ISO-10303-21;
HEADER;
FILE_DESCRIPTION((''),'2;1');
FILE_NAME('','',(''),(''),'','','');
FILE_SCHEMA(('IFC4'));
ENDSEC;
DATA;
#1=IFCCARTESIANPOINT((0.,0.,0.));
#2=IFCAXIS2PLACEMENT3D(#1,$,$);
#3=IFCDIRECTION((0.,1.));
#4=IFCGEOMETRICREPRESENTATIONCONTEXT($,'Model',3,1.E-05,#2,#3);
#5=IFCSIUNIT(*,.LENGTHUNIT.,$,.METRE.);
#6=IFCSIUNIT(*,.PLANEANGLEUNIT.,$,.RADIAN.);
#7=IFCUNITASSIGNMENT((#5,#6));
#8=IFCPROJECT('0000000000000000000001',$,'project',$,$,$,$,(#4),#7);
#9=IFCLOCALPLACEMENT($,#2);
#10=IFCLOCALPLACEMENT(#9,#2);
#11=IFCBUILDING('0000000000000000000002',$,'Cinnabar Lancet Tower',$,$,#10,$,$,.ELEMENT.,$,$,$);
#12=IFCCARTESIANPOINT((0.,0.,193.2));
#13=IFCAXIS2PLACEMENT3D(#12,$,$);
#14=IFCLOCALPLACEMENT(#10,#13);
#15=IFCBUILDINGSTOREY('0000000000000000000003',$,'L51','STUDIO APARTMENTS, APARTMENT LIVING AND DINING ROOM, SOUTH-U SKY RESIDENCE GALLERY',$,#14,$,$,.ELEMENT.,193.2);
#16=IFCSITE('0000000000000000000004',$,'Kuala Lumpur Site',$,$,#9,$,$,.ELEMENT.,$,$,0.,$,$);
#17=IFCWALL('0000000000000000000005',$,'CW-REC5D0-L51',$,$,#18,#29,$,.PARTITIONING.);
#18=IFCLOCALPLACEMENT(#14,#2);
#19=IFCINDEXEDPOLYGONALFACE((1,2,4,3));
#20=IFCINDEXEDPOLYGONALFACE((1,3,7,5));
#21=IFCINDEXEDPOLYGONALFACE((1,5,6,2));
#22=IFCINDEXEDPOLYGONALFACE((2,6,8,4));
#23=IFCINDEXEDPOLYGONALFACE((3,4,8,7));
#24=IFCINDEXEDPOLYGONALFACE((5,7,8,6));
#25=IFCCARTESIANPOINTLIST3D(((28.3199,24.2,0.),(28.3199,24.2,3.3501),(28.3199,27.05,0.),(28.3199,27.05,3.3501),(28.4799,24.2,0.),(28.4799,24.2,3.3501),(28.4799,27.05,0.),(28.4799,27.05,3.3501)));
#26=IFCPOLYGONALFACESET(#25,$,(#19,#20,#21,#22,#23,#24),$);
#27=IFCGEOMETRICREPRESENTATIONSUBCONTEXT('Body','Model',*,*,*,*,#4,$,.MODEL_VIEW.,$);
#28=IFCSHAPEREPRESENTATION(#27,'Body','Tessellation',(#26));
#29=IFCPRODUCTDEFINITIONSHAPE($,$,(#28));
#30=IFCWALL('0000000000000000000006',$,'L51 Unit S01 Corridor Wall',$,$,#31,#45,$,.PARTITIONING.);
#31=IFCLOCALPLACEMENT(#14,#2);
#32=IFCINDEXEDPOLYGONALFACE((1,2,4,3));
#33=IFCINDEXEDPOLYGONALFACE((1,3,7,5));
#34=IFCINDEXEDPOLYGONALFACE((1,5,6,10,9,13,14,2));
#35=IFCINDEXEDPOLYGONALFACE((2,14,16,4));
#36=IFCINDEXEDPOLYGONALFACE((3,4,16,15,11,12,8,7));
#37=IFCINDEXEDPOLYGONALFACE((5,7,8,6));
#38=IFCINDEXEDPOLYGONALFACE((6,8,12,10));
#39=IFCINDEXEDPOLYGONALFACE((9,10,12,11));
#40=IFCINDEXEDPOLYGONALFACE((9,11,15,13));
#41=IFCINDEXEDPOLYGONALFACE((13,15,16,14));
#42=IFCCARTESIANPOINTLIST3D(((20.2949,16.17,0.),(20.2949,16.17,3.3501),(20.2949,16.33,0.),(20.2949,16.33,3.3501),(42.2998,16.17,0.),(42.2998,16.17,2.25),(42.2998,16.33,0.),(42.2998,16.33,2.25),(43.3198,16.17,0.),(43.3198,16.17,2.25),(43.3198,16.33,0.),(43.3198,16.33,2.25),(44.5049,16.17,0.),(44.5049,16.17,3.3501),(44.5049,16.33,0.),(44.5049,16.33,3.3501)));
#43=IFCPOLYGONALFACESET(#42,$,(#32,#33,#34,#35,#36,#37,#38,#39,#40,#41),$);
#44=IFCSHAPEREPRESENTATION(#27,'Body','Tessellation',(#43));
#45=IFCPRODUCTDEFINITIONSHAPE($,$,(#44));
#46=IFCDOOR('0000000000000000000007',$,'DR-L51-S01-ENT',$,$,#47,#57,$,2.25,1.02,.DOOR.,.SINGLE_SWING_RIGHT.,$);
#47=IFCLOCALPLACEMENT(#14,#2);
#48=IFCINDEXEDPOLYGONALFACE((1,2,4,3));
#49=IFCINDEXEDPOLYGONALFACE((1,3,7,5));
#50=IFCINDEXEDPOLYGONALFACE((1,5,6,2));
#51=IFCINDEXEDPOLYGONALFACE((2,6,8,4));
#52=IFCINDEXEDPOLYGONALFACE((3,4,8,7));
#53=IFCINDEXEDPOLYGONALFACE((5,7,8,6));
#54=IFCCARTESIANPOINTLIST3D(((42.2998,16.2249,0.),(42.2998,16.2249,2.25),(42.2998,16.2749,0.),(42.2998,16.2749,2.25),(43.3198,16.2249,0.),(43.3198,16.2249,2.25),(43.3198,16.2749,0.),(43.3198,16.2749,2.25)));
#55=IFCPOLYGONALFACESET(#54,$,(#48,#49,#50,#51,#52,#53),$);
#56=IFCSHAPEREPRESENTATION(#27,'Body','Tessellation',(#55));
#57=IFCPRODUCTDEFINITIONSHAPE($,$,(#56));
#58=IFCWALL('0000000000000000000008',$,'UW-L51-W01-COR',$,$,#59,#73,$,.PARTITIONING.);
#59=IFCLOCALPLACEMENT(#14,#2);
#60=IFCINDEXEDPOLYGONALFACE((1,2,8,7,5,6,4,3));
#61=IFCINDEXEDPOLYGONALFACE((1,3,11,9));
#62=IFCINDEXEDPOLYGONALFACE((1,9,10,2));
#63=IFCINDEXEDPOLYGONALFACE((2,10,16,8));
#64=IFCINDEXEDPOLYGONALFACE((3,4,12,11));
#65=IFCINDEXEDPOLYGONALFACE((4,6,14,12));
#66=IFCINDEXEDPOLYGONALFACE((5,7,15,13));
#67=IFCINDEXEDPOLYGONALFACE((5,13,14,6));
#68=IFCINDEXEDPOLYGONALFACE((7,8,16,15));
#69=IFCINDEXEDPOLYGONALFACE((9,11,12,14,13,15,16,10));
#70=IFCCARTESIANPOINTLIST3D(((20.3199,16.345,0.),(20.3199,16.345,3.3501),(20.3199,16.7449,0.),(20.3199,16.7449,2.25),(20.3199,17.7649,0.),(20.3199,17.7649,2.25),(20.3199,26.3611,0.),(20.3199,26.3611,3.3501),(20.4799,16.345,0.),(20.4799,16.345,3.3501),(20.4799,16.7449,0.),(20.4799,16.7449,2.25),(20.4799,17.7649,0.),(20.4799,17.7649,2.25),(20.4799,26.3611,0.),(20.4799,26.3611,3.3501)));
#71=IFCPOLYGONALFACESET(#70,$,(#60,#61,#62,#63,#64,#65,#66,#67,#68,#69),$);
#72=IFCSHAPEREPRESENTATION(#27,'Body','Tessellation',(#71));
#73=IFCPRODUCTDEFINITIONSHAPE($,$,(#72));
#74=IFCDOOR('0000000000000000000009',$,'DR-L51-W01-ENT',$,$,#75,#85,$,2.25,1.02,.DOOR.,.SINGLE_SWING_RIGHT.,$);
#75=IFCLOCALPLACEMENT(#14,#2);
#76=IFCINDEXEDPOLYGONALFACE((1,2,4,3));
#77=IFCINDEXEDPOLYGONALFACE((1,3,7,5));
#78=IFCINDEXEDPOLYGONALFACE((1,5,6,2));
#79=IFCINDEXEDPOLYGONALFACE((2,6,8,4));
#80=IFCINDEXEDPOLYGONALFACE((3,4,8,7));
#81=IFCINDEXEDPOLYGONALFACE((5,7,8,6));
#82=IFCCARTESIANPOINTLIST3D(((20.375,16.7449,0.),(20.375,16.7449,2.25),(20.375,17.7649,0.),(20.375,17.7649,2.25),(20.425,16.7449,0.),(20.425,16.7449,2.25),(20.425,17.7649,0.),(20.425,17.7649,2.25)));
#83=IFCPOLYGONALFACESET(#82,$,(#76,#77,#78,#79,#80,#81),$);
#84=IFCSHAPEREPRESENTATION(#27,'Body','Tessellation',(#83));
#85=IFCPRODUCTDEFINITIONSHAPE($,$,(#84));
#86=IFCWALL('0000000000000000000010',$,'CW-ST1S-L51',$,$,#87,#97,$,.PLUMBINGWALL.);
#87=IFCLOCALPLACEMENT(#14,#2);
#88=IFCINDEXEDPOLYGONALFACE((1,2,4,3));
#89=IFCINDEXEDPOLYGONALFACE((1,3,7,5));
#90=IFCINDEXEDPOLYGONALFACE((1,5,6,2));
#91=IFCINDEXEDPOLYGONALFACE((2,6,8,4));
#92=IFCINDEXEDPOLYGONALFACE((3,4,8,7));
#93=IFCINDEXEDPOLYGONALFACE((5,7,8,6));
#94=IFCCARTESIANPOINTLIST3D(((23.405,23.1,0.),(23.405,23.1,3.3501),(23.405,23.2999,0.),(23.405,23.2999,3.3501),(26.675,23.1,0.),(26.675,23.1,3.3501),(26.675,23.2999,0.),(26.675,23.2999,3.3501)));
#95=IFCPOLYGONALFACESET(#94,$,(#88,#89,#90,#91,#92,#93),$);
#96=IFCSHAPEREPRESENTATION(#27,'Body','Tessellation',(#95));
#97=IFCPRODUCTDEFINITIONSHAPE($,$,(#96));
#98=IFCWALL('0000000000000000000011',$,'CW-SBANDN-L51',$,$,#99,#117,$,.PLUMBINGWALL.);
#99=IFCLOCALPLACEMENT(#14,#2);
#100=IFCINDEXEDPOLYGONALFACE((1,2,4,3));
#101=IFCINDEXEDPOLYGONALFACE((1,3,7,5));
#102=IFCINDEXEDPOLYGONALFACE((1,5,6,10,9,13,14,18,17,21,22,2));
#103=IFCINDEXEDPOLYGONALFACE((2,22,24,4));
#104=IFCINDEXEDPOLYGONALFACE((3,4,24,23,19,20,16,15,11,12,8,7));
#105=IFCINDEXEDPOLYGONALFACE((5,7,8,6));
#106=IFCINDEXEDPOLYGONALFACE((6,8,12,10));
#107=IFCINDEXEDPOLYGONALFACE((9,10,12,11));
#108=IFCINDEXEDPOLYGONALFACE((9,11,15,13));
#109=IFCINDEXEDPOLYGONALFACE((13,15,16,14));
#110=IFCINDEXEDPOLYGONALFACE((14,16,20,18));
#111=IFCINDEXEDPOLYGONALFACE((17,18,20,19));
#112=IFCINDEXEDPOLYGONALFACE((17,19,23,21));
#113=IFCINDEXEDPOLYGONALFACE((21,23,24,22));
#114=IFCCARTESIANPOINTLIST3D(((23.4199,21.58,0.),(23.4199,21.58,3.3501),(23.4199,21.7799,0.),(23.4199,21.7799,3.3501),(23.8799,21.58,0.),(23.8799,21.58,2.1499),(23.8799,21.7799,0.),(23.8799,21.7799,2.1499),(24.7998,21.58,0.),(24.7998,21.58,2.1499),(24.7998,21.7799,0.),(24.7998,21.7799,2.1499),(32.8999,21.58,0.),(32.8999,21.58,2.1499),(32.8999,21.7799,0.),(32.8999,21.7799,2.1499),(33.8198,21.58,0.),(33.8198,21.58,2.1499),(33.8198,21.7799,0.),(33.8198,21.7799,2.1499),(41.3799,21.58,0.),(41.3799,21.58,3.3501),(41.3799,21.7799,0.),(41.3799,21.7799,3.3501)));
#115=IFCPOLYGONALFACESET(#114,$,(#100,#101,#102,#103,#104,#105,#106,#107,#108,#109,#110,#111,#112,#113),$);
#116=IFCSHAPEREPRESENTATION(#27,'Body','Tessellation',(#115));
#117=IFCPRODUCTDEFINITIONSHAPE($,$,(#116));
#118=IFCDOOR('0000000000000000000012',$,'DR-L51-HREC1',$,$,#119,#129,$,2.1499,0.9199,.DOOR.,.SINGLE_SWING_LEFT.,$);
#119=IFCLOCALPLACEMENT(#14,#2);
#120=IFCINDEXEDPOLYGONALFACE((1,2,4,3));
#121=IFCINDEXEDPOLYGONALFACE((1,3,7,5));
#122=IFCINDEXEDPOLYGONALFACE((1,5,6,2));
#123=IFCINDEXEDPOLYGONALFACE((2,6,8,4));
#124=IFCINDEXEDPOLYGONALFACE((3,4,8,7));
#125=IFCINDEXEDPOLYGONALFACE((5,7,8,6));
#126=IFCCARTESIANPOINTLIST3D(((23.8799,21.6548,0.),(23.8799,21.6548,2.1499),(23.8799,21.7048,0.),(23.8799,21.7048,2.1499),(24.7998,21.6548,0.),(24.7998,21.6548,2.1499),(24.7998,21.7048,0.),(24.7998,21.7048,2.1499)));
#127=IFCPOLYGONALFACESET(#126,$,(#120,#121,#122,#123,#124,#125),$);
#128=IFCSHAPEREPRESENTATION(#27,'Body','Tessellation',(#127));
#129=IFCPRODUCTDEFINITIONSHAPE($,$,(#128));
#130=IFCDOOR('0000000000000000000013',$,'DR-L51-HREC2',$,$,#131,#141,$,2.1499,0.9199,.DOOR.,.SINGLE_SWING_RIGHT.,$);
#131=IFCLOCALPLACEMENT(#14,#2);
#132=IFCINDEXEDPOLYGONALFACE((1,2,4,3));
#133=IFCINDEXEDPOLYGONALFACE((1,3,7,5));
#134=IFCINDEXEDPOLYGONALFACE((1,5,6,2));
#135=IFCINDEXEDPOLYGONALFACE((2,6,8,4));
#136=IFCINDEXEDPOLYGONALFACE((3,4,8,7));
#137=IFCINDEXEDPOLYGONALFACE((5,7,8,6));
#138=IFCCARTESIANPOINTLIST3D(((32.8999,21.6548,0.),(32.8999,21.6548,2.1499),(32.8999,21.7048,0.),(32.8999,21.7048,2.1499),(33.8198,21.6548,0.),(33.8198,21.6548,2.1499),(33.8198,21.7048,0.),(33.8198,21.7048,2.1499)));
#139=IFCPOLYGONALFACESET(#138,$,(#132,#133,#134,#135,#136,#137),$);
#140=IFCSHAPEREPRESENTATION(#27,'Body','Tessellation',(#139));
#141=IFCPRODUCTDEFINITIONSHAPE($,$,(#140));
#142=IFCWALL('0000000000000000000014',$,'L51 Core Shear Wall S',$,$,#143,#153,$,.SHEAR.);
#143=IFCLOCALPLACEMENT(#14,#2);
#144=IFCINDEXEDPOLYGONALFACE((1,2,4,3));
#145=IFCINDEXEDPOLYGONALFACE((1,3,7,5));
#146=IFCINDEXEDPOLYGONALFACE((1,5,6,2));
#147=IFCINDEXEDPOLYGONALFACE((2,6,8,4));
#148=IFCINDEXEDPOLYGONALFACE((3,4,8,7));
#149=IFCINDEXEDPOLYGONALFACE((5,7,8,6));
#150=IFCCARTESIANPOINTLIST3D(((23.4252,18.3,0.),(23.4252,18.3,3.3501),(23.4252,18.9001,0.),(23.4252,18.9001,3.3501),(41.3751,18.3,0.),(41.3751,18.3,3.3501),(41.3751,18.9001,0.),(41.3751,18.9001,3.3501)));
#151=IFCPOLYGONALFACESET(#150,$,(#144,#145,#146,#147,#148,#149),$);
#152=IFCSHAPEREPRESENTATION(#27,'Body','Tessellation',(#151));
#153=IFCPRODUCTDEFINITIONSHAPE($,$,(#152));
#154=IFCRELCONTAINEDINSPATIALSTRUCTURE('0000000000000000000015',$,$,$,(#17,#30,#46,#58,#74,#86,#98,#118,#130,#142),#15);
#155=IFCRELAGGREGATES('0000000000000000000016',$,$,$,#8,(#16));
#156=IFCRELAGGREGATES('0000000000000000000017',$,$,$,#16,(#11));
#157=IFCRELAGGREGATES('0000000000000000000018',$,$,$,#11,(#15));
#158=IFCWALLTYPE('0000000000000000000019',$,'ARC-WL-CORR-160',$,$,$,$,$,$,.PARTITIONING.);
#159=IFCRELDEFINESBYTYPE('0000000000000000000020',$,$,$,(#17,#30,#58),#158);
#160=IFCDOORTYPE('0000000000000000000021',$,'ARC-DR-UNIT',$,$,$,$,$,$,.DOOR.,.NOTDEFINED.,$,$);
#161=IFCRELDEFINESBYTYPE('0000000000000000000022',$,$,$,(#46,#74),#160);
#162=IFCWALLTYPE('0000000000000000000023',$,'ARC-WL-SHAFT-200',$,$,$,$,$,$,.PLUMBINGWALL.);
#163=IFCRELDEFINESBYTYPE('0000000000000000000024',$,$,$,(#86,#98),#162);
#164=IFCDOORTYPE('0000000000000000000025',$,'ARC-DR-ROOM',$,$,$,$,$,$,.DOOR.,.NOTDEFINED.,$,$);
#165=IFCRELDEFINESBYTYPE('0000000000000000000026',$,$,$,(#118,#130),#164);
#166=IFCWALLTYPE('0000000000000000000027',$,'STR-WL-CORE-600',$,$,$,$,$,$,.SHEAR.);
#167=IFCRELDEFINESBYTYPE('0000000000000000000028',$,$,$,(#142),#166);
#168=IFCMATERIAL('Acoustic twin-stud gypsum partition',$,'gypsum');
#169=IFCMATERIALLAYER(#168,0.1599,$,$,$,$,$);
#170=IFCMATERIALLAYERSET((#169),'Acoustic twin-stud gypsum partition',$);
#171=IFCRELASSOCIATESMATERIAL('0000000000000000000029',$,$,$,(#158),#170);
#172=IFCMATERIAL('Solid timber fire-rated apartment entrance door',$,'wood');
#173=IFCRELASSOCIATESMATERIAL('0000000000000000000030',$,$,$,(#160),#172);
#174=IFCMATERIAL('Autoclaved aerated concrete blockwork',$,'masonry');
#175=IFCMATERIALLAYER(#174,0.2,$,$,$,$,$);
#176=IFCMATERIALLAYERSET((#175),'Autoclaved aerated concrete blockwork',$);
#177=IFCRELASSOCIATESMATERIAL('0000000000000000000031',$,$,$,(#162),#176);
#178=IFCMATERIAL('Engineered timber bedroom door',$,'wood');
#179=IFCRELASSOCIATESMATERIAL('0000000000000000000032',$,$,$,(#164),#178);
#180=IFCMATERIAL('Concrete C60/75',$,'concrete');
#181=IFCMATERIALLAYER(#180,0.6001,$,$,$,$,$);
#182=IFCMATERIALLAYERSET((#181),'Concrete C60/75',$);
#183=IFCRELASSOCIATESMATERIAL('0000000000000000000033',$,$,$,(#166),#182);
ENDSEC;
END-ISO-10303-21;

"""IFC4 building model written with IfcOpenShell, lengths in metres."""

from ifc_helpers import new_model, si_unit, direction, frame, frame_2d, origin, place, context, subcontext, project, spatial, rectangle, extrude, material, layer, layer_set, type_object, element, fill, save


model = new_model("IFC4")

# Units and contexts
model_context = context("Model", 3, precision=1e-05, world=origin(), true_north=direction((0.0, 1.0)))
body_context = subcontext(model_context, "Body", "Model", "MODEL_VIEW")
ifc_project = project(units=[si_unit("LENGTHUNIT", "METRE"), si_unit("PLANEANGLEUNIT", "RADIAN")], contexts=[model_context])

# Site, building, storey
site_placement = place(None, origin())
site = spatial("IfcSite", under=ifc_project, at=site_placement, Name="Kuala Lumpur Site", CompositionType="ELEMENT", RefElevation=0.0)
building_placement = place(site_placement, origin())
building = spatial("IfcBuilding", under=site, at=building_placement, Name="Cinnabar Lancet Tower", CompositionType="ELEMENT")
storey_placement = place(building_placement, frame((0.0, 0.0, 193.2)))
storey = spatial("IfcBuildingStorey", under=building, at=storey_placement, Name="L51", Description="STUDIO APARTMENTS, APARTMENT LIVING AND DINING ROOM, SOUTH-U SKY RESIDENCE GALLERY", CompositionType="ELEMENT", Elevation=193.2)

# Shared definitions
ifc_material_1 = material(Name="Acoustic twin-stud gypsum partition", Category="gypsum")
ifc_layer_1 = layer(ifc_material_1, 0.1599)
ifc_layer_set_1 = layer_set([ifc_layer_1], Name="Acoustic twin-stud gypsum partition")
wall_type_1 = type_object("IfcWallType", Name="ARC-WL-CORR-160", PredefinedType="PARTITIONING", material=ifc_layer_set_1)

# Wall
wall_1_placement = place(storey_placement, frame((28.3999, 24.2, 0.0), z_axis=(0.0, 0.0, 1.0), x_axis=(0.0, 1.0, 0.0)))
element("IfcWall", 1, at=wall_1_placement, inside=storey, type_object=wall_type_1, Name="CW-REC5D0-L51", PredefinedType="PARTITIONING", context=body_context, shape_type="SweptSolid", body=[
    extrude(rectangle(XDim=2.8501, YDim=0.1599, at=frame_2d((1.425, 0.0))), origin(), (0.0, 0.0, 1.0), 3.3501),
])

# Walls, openings, doors
wall_2_placement = place(storey_placement, frame((20.2949, 16.25, 0.0), z_axis=(0.0, 0.0, 1.0), x_axis=(1.0, 0.0, 0.0)))
wall_2 = element("IfcWall", 2, at=wall_2_placement, inside=storey, type_object=wall_type_1, Name="L51 Unit S01 Corridor Wall", PredefinedType="PARTITIONING", context=body_context, shape_type="SweptSolid", body=[
    extrude(rectangle(XDim=24.21, YDim=0.1599, at=frame_2d((12.105, 0.0))), origin(), (0.0, 0.0, 1.0), 3.3501),
])
opening_1_placement = place(wall_2_placement, frame((22.0049, 0.0, 0.0)))
opening_1 = element("IfcOpeningElement", 3, at=opening_1_placement, cuts=wall_2, PredefinedType="OPENING", context=body_context, shape_type="SweptSolid", body=[
    extrude(rectangle(XDim=1.02, YDim=2.25, at=frame_2d((0.51, 1.125))), frame((0.0, 0.0898, 0.0), z_axis=(0.0, -1.0, 0.0), x_axis=(1.0, 0.0, 0.0)), (0.0, 0.0, 1.0), 0.1799),
])
ifc_material_2 = material(Name="Solid timber fire-rated apartment entrance door", Category="wood")
door_type_1 = type_object("IfcDoorType", Name="ARC-DR-UNIT", OperationType="NOTDEFINED", PredefinedType="DOOR", material=ifc_material_2)
door_1_placement = place(opening_1_placement, origin())
door_1 = element("IfcDoor", 4, at=door_1_placement, inside=storey, type_object=door_type_1, Name="DR-L51-S01-ENT", OperationType="SINGLE_SWING_RIGHT", OverallHeight=2.25, OverallWidth=1.02, PredefinedType="DOOR", context=body_context, shape_type="SweptSolid", body=[
    extrude(rectangle(XDim=1.02, YDim=2.25, at=frame_2d((0.51, 1.125))), frame((0.0, 0.0249, 0.0), z_axis=(0.0, -1.0, 0.0), x_axis=(1.0, 0.0, 0.0)), (0.0, 0.0, 1.0), 0.05),
])
fill(opening_1, door_1)
wall_3_placement = place(storey_placement, frame((20.3999, 16.345, 0.0), z_axis=(0.0, 0.0, 1.0), x_axis=(0.0, 1.0, 0.0)))
wall_3 = element("IfcWall", 5, at=wall_3_placement, inside=storey, type_object=wall_type_1, Name="UW-L51-W01-COR", PredefinedType="PARTITIONING", context=body_context, shape_type="SweptSolid", body=[
    extrude(rectangle(XDim=10.0161, YDim=0.1599, at=frame_2d((5.0081, 0.0))), origin(), (0.0, 0.0, 1.0), 3.3501),
])
opening_2_placement = place(wall_3_placement, frame((0.3999, 0.0, 0.0)))
opening_2 = element("IfcOpeningElement", 6, at=opening_2_placement, cuts=wall_3, PredefinedType="OPENING", context=body_context, shape_type="SweptSolid", body=[
    extrude(rectangle(XDim=1.02, YDim=2.25, at=frame_2d((0.51, 1.125))), frame((0.0, 0.0898, 0.0), z_axis=(0.0, -1.0, 0.0), x_axis=(1.0, 0.0, 0.0)), (0.0, 0.0, 1.0), 0.1799),
])
door_2_placement = place(opening_2_placement, origin())
door_2 = element("IfcDoor", 7, at=door_2_placement, inside=storey, type_object=door_type_1, Name="DR-L51-W01-ENT", OperationType="SINGLE_SWING_RIGHT", OverallHeight=2.25, OverallWidth=1.02, PredefinedType="DOOR", context=body_context, shape_type="SweptSolid", body=[
    extrude(rectangle(XDim=1.02, YDim=2.25, at=frame_2d((0.51, 1.125))), frame((0.0, 0.0249, 0.0), z_axis=(0.0, -1.0, 0.0), x_axis=(1.0, 0.0, 0.0)), (0.0, 0.0, 1.0), 0.05),
])
fill(opening_2, door_2)

# Wall
ifc_material_3 = material(Name="Autoclaved aerated concrete blockwork", Category="masonry")
ifc_layer_2 = layer(ifc_material_3, 0.2)
ifc_layer_set_2 = layer_set([ifc_layer_2], Name="Autoclaved aerated concrete blockwork")
wall_type_2 = type_object("IfcWallType", Name="ARC-WL-SHAFT-200", PredefinedType="PLUMBINGWALL", material=ifc_layer_set_2)
wall_4_placement = place(storey_placement, frame((23.405, 23.2, 0.0), z_axis=(0.0, 0.0, 1.0), x_axis=(1.0, 0.0, 0.0)))
element("IfcWall", 8, at=wall_4_placement, inside=storey, type_object=wall_type_2, Name="CW-ST1S-L51", PredefinedType="PLUMBINGWALL", context=body_context, shape_type="SweptSolid", body=[
    extrude(rectangle(XDim=3.27, YDim=0.2, at=frame_2d((1.635, 0.0))), origin(), (0.0, 0.0, 1.0), 3.3501),
])

# Wall, openings, doors
wall_5_placement = place(storey_placement, frame((23.4199, 21.6799, 0.0), z_axis=(0.0, 0.0, 1.0), x_axis=(1.0, 0.0, 0.0)))
wall_5 = element("IfcWall", 9, at=wall_5_placement, inside=storey, type_object=wall_type_2, Name="CW-SBANDN-L51", PredefinedType="PLUMBINGWALL", context=body_context, shape_type="SweptSolid", body=[
    extrude(rectangle(XDim=17.96, YDim=0.2, at=frame_2d((8.98, 0.0))), origin(), (0.0, 0.0, 1.0), 3.3501),
])
opening_3_placement = place(wall_5_placement, frame((0.46, 0.0, 0.0)))
opening_3 = element("IfcOpeningElement", 10, at=opening_3_placement, cuts=wall_5, PredefinedType="OPENING", context=body_context, shape_type="SweptSolid", body=[
    extrude(rectangle(XDim=0.9199, YDim=2.1499, at=frame_2d((0.46, 1.075))), frame((0.0, 0.1099, 0.0), z_axis=(0.0, -1.0, 0.0), x_axis=(1.0, 0.0, 0.0)), (0.0, 0.0, 1.0), 0.22),
])
opening_4_placement = place(wall_5_placement, frame((9.48, 0.0, 0.0)))
opening_4 = element("IfcOpeningElement", 11, at=opening_4_placement, cuts=wall_5, PredefinedType="OPENING", context=body_context, shape_type="SweptSolid", body=[
    extrude(rectangle(XDim=0.9199, YDim=2.1499, at=frame_2d((0.46, 1.075))), frame((0.0, 0.1099, 0.0), z_axis=(0.0, -1.0, 0.0), x_axis=(1.0, 0.0, 0.0)), (0.0, 0.0, 1.0), 0.22),
])
ifc_material_4 = material(Name="Engineered timber bedroom door", Category="wood")
door_type_2 = type_object("IfcDoorType", Name="ARC-DR-ROOM", OperationType="NOTDEFINED", PredefinedType="DOOR", material=ifc_material_4)
door_3_placement = place(opening_3_placement, origin())
door_3 = element("IfcDoor", 12, at=door_3_placement, inside=storey, type_object=door_type_2, Name="DR-L51-HREC1", OperationType="SINGLE_SWING_LEFT", OverallHeight=2.1499, OverallWidth=0.9199, PredefinedType="DOOR", context=body_context, shape_type="SweptSolid", body=[
    extrude(rectangle(XDim=0.9199, YDim=2.1499, at=frame_2d((0.46, 1.075))), frame((0.0, 0.0249, 0.0), z_axis=(0.0, -1.0, 0.0), x_axis=(1.0, 0.0, 0.0)), (0.0, 0.0, 1.0), 0.05),
])
fill(opening_3, door_3)
door_4_placement = place(opening_4_placement, origin())
door_4 = element("IfcDoor", 13, at=door_4_placement, inside=storey, type_object=door_type_2, Name="DR-L51-HREC2", OperationType="SINGLE_SWING_RIGHT", OverallHeight=2.1499, OverallWidth=0.9199, PredefinedType="DOOR", context=body_context, shape_type="SweptSolid", body=[
    extrude(rectangle(XDim=0.9199, YDim=2.1499, at=frame_2d((0.46, 1.075))), frame((0.0, 0.0249, 0.0), z_axis=(0.0, -1.0, 0.0), x_axis=(1.0, 0.0, 0.0)), (0.0, 0.0, 1.0), 0.05),
])
fill(opening_4, door_4)

# Wall
ifc_material_5 = material(Name="Concrete C60/75", Category="concrete")
ifc_layer_3 = layer(ifc_material_5, 0.6001)
ifc_layer_set_3 = layer_set([ifc_layer_3], Name="Concrete C60/75")
wall_type_3 = type_object("IfcWallType", Name="STR-WL-CORE-600", PredefinedType="SHEAR", material=ifc_layer_set_3)
wall_6_placement = place(storey_placement, frame((23.425, 18.6001, 0.0), z_axis=(0.0, 0.0, 1.0), x_axis=(1.0, 0.0, 0.0)))
element("IfcWall", 14, at=wall_6_placement, inside=storey, type_object=wall_type_3, Name="L51 Core Shear Wall S", PredefinedType="SHEAR", context=body_context, shape_type="SweptSolid", body=[
    extrude(rectangle(XDim=17.95, YDim=0.6001, at=frame_2d((8.9751, 0.0))), origin(), (0.0, 0.0, 1.0), 3.3501),
])

save(model, "model.ifc")
